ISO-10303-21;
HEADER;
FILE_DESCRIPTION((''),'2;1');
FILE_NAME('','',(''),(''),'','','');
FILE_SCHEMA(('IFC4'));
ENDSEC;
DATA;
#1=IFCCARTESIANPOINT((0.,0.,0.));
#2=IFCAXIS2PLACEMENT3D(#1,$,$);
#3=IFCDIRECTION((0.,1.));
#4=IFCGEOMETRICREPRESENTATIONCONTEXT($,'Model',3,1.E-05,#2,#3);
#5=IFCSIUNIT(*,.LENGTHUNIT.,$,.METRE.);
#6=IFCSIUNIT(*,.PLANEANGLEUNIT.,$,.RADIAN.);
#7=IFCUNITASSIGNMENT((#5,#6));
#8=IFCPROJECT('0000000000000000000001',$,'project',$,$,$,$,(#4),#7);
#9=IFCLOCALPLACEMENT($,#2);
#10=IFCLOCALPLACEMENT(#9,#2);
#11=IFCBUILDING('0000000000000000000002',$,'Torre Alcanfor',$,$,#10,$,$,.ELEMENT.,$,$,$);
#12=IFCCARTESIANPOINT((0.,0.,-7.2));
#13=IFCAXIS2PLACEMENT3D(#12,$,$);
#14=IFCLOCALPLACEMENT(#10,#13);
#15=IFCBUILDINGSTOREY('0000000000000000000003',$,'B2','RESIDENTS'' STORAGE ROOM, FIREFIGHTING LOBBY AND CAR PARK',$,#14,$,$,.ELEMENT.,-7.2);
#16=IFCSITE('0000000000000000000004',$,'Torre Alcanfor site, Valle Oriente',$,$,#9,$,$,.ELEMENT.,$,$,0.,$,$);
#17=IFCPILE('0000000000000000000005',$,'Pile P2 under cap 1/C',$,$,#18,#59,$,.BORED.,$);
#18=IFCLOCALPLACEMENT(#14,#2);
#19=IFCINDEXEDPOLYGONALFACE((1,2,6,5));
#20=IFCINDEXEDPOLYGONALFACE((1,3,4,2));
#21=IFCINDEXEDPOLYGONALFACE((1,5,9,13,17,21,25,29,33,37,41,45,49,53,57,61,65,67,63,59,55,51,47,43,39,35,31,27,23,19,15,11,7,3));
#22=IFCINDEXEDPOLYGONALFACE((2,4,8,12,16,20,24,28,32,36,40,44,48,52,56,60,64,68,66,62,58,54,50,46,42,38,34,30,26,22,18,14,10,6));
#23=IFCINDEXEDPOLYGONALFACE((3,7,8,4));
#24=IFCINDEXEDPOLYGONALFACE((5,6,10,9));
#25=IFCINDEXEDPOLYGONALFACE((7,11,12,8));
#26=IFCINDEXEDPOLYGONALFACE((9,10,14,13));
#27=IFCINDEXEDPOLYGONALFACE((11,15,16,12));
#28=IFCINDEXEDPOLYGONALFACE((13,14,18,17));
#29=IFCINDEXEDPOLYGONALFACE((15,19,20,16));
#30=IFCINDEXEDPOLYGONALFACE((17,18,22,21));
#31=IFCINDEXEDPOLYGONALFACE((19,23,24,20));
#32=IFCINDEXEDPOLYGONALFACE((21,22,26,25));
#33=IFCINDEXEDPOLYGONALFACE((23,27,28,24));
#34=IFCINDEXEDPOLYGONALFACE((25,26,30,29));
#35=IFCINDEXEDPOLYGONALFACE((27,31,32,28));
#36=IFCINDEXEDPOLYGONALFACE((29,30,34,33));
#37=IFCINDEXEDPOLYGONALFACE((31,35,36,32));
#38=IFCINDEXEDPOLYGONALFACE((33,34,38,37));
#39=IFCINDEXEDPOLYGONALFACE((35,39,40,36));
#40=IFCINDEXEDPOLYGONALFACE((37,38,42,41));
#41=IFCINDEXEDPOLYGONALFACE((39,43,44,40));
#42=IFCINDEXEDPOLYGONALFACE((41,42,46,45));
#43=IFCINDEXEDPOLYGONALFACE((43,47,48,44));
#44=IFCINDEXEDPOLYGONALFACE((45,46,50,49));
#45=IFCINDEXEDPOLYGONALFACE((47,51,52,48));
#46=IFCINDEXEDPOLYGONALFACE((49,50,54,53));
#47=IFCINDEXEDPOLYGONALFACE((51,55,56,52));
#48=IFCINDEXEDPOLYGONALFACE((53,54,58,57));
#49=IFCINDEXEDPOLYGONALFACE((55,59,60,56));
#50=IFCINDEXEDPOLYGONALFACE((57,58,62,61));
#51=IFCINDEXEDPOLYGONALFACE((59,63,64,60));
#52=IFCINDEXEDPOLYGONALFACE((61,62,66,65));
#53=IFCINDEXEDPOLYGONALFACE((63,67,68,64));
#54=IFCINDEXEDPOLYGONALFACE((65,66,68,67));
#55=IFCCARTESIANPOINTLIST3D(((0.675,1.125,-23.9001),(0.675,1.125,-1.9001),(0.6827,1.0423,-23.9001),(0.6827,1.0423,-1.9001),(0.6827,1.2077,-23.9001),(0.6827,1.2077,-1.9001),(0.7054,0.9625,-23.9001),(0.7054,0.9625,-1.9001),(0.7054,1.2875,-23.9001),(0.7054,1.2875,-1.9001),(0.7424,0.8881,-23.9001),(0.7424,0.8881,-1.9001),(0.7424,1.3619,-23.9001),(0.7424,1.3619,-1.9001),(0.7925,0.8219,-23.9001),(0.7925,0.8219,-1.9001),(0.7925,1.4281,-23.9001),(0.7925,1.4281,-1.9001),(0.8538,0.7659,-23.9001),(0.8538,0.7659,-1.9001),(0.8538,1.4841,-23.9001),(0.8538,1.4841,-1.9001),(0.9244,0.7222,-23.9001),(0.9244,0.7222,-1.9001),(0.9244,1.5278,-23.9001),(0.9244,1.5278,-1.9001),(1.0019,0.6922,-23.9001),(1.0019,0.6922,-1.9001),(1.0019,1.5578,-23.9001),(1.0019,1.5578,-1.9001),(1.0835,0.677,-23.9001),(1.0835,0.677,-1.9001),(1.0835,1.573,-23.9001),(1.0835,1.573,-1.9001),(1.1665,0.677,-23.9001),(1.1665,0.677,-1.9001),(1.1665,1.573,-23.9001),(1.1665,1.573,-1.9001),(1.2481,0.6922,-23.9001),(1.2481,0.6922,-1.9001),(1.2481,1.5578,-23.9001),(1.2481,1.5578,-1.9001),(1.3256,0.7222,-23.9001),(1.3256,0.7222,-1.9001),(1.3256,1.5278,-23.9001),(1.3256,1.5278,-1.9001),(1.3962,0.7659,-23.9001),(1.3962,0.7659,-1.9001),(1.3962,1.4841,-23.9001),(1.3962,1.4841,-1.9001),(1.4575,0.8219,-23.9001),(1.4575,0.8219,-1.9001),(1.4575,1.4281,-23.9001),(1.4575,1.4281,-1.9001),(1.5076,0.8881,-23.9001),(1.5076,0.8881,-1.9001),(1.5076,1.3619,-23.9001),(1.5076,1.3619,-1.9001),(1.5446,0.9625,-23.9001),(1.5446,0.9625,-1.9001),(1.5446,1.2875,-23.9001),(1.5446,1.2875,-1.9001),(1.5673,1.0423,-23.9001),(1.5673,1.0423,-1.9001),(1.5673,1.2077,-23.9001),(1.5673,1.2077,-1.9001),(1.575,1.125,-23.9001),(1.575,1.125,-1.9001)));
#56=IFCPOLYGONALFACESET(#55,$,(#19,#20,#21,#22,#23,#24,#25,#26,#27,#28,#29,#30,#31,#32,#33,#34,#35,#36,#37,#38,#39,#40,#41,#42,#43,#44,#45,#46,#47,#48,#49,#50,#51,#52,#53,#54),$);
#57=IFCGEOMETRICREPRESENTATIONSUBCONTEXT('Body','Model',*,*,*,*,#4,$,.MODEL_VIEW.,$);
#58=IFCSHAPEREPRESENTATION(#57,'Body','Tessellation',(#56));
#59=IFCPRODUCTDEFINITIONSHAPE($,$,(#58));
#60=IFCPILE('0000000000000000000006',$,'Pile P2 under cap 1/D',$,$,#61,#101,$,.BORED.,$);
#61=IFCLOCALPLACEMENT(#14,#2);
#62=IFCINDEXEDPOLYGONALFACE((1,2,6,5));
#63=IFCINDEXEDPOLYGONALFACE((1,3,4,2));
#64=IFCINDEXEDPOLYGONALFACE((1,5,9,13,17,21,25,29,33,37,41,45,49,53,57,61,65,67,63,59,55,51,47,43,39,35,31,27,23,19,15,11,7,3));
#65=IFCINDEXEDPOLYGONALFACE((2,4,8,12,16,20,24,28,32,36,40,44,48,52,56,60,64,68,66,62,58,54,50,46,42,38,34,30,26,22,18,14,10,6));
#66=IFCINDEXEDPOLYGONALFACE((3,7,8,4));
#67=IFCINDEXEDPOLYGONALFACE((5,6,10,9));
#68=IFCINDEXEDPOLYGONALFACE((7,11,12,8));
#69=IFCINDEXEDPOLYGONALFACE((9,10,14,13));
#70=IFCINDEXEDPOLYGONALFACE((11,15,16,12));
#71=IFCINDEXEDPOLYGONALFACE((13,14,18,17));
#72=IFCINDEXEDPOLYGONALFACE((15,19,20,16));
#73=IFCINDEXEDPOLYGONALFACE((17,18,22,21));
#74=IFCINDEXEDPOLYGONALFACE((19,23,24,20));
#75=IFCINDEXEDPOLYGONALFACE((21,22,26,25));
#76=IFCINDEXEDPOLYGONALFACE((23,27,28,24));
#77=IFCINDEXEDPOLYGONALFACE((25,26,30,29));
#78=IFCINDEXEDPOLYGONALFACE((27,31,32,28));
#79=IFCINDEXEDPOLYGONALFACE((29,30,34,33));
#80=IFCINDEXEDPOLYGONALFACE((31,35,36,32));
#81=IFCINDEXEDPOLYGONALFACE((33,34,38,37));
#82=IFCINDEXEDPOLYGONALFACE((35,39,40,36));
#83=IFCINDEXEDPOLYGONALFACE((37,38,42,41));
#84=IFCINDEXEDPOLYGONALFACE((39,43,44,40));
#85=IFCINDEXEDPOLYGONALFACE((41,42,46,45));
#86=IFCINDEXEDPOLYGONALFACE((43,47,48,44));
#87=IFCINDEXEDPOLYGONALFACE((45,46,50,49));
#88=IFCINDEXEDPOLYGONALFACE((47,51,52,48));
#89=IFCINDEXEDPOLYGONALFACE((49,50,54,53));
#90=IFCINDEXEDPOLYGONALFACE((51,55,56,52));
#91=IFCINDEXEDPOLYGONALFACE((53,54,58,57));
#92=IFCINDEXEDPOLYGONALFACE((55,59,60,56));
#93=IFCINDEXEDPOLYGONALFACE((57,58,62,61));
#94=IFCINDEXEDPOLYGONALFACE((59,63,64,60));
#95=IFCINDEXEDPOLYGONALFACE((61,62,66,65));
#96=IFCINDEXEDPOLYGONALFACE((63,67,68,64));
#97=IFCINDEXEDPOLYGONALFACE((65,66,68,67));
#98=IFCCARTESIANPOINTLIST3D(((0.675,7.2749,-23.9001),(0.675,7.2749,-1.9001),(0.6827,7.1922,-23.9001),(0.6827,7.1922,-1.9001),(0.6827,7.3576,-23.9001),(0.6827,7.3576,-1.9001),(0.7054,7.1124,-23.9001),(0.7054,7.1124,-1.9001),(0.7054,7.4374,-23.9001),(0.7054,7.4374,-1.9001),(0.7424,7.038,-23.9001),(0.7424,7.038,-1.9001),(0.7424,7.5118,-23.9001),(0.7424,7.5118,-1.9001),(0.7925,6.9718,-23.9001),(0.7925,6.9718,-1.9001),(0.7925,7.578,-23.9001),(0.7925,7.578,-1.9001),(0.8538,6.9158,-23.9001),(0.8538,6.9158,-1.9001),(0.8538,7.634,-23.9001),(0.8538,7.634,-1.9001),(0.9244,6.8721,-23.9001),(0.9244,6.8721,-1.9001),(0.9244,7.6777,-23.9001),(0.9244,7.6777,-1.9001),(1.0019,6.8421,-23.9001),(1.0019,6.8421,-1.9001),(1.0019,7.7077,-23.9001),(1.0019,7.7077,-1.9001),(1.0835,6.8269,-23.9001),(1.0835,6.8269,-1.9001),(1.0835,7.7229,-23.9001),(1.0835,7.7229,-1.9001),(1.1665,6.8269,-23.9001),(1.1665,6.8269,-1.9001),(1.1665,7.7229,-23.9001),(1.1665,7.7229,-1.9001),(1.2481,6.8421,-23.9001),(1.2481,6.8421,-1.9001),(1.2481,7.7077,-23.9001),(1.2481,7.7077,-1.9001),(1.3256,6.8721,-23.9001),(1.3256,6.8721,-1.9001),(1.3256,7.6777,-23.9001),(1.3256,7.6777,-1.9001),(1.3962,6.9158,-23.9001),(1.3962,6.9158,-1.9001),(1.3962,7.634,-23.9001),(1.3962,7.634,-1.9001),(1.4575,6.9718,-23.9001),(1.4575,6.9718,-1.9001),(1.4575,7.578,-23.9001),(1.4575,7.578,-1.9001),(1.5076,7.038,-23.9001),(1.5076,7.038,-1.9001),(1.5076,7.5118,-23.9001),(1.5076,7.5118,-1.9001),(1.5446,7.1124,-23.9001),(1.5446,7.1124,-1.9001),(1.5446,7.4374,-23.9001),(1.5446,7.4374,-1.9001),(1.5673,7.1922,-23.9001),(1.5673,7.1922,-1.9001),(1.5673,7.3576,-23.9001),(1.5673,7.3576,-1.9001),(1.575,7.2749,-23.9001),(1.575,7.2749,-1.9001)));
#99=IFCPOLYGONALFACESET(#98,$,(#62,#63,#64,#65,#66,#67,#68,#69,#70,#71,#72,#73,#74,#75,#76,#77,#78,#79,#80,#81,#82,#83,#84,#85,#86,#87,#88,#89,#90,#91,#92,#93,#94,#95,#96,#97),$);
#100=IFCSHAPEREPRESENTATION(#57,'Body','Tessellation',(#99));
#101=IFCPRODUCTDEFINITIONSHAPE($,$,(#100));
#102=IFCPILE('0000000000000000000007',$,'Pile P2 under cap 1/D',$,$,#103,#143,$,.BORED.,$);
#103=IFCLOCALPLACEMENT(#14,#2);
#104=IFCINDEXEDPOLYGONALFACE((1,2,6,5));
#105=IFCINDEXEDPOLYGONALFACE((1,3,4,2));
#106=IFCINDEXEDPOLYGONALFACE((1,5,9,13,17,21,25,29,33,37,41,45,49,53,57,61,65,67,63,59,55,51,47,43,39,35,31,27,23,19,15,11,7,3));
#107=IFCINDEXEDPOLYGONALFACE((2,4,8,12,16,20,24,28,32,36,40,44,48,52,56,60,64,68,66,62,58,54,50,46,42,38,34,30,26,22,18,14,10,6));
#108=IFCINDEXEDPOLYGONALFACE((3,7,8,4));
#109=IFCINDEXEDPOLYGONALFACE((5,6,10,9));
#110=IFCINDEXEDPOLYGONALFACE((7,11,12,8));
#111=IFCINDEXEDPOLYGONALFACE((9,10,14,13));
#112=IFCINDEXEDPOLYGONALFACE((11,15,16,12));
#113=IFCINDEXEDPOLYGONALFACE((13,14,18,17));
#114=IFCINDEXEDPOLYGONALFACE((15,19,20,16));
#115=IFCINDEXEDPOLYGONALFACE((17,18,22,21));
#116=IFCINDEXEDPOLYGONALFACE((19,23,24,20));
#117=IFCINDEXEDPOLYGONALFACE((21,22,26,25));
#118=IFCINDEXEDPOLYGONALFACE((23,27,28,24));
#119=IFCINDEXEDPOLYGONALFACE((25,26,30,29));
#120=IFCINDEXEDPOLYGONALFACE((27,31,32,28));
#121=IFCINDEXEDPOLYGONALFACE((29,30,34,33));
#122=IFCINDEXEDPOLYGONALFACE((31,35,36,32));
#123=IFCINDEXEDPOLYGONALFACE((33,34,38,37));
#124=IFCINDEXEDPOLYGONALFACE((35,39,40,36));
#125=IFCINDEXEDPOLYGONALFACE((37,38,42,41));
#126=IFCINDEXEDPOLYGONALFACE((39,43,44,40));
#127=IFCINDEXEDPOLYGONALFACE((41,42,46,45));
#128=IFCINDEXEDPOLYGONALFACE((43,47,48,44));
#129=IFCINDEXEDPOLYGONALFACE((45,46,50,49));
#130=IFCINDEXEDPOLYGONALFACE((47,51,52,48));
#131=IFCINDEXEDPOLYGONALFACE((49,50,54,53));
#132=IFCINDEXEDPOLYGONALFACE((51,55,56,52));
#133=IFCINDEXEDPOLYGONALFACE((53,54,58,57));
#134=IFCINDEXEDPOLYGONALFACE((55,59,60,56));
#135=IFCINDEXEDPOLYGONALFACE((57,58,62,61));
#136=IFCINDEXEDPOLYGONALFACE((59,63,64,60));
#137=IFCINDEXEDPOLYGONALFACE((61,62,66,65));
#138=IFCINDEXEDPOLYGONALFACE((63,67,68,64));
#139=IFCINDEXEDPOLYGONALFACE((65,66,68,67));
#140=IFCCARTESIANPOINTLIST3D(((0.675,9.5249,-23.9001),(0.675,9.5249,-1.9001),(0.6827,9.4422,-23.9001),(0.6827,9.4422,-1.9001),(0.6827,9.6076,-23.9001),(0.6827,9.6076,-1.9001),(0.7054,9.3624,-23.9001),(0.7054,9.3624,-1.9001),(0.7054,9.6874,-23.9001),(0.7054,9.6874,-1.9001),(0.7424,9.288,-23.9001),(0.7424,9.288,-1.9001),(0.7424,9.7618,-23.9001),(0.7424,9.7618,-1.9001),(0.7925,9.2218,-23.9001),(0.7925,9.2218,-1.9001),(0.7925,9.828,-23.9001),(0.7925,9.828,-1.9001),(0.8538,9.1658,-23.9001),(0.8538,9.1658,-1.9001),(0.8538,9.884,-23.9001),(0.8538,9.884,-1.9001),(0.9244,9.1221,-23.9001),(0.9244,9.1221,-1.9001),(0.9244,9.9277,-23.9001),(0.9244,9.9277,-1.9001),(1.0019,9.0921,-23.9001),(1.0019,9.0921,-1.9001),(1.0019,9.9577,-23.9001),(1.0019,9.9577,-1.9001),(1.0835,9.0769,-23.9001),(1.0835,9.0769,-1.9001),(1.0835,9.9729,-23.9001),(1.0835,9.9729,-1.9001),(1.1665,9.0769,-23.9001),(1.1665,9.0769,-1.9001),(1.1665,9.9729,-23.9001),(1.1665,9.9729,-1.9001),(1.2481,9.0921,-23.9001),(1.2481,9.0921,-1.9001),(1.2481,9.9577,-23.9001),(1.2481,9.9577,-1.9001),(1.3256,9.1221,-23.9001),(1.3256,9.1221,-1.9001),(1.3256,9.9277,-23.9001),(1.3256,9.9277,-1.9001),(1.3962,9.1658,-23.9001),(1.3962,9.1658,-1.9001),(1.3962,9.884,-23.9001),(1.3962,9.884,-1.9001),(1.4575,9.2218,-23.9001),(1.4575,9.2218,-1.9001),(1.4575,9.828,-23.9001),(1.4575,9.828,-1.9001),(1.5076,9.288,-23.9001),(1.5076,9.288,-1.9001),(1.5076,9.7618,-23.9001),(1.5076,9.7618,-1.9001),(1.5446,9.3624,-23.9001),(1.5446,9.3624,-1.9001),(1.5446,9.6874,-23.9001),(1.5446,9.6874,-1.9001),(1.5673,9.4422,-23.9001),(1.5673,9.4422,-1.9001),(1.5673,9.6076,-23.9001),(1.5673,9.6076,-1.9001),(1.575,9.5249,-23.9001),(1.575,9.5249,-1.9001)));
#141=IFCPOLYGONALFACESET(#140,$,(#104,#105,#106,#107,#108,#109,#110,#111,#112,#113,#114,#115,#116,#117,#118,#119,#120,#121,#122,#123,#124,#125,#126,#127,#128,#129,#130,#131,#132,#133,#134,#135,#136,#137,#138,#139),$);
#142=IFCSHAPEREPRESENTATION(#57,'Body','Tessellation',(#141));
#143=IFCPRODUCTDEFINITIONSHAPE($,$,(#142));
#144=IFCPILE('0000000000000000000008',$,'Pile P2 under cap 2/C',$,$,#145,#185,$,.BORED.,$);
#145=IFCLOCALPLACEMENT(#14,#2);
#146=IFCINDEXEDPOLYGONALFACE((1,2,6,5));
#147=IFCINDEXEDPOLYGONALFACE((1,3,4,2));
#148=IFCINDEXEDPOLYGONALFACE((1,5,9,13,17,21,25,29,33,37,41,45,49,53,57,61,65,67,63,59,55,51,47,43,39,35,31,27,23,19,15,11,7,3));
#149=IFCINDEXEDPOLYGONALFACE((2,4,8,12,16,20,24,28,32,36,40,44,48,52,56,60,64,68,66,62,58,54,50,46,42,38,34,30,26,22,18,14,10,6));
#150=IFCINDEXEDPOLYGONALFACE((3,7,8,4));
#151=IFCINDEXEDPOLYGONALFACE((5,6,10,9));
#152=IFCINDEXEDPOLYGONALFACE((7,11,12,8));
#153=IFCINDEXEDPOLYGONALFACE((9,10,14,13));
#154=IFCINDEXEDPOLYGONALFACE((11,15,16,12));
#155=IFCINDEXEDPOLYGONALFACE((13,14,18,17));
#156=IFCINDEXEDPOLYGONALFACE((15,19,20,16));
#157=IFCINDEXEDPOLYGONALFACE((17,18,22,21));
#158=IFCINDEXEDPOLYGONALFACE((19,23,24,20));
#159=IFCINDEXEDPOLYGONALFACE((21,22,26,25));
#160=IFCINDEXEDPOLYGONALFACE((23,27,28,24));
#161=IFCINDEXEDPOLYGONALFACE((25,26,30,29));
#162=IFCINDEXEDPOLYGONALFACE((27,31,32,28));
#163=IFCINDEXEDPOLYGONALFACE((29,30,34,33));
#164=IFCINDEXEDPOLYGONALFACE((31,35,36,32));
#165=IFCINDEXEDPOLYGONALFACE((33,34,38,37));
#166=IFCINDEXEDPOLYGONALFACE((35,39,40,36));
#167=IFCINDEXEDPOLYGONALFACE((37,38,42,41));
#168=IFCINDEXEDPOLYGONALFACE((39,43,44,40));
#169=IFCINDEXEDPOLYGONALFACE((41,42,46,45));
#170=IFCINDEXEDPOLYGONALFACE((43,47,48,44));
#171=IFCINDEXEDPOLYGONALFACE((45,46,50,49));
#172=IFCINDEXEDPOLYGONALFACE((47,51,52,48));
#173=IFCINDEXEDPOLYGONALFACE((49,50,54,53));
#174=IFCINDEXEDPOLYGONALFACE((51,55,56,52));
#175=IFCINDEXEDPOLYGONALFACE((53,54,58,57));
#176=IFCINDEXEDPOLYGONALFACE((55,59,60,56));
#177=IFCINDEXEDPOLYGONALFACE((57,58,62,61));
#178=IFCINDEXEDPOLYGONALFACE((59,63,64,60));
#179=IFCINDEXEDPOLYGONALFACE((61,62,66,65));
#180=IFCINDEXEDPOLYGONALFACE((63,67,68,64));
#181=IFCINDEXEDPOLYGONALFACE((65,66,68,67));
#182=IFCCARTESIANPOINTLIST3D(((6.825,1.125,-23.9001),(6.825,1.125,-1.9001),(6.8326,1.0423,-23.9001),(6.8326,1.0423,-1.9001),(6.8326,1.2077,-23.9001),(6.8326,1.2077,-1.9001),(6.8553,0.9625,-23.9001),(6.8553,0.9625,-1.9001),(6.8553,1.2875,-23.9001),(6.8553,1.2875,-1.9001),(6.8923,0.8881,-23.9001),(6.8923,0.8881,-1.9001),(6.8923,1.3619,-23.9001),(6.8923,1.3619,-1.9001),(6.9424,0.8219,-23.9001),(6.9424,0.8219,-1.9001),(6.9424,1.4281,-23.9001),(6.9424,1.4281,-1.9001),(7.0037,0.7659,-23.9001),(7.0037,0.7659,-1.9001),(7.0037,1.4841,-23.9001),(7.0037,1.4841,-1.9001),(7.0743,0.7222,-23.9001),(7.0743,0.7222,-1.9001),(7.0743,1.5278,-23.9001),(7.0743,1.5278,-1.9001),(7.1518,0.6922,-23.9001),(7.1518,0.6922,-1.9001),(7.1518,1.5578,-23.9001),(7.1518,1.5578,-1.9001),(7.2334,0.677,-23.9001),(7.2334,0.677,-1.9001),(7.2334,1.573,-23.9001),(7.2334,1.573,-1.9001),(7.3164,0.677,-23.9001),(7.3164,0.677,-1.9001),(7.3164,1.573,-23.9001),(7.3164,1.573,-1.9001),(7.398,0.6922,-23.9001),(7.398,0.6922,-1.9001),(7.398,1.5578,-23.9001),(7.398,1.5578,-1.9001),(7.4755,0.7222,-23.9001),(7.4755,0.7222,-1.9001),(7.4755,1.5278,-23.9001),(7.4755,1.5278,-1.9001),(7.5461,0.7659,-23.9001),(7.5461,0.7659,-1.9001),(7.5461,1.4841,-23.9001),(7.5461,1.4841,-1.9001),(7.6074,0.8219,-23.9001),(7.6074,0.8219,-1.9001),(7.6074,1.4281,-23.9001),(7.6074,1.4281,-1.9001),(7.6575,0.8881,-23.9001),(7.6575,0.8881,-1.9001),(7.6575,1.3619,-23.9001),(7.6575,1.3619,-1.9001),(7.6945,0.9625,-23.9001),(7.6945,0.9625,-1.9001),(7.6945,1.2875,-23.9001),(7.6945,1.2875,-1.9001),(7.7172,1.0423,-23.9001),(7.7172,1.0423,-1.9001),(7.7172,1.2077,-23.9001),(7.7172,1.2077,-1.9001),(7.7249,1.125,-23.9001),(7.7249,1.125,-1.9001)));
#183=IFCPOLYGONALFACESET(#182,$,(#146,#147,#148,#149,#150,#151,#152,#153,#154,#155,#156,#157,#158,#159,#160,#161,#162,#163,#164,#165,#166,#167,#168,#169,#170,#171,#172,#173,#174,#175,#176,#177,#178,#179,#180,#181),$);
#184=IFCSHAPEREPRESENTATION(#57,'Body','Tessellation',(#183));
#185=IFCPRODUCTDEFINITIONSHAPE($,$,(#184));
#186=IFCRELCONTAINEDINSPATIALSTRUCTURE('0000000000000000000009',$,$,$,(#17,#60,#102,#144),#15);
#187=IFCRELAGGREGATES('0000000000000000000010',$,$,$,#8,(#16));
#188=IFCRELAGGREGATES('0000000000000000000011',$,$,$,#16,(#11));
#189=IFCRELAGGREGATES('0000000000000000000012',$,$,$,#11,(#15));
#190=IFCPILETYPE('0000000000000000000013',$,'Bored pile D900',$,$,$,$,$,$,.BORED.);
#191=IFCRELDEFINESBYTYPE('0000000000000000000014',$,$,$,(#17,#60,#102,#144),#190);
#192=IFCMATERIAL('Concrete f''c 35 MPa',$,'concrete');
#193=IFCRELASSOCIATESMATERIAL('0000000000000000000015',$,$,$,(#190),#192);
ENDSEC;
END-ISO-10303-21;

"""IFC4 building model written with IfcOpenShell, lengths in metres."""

from ifc_helpers import new_model, si_unit, direction, frame, origin, origin_2d, place, context, subcontext, project, spatial, circle, extrude, material, material_profile, profile_set, type_object, element, save


model = new_model("IFC4")

# Units and contexts
model_context = context("Model", 3, precision=1e-05, world=origin(), true_north=direction((0.0, 1.0)))
body_context = subcontext(model_context, "Body", "Model", "MODEL_VIEW")
ifc_project = project(units=[si_unit("LENGTHUNIT", "METRE"), si_unit("PLANEANGLEUNIT", "RADIAN")], contexts=[model_context])

# Site, building, storey
site_placement = place(None, origin())
site = spatial("IfcSite", under=ifc_project, at=site_placement, Name="Torre Alcanfor site, Valle Oriente", CompositionType="ELEMENT", RefElevation=0.0)
building_placement = place(site_placement, origin())
building = spatial("IfcBuilding", under=site, at=building_placement, Name="Torre Alcanfor", CompositionType="ELEMENT")
storey_placement = place(building_placement, frame((0.0, 0.0, -7.2)))
storey = spatial("IfcBuildingStorey", under=building, at=storey_placement, Name="B2", Description="RESIDENTS' STORAGE ROOM, FIREFIGHTING LOBBY AND CAR PARK", CompositionType="ELEMENT", Elevation=-7.2)

# Piles
ifc_material_1 = material(Name="Concrete f'c 35 MPa", Category="concrete")
ifc_material_profile_1 = material_profile(ifc_material_1, circle(Radius=0.45, at=origin_2d()), Name="D900")
ifc_profile_set_1 = profile_set([ifc_material_profile_1], Name="Concrete f'c 35 MPa")
pile_type = type_object("IfcPileType", Name="Bored pile D900", PredefinedType="BORED", material=ifc_profile_set_1)
for number, where, z_axis, x_axis, name in (
    (1, (1.125, 1.125, -1.9001), (0.0, 0.0, -1.0), (1.0, 0.0, 0.0), "Pile P2 under cap 1/C"),
    (2, (1.125, 7.2749, -1.9001), (0.0, 0.0, -1.0), (1.0, 0.0, 0.0), "Pile P2 under cap 1/D"),
    (3, (1.125, 9.5249, -1.9001), (0.0, 0.0, -1.0), (1.0, 0.0, 0.0), "Pile P2 under cap 1/D"),
    (4, (7.2749, 1.125, -1.9001), (0.0, 0.0, -1.0), (1.0, 0.0, 0.0), "Pile P2 under cap 2/C"),
):
    element("IfcPile", number, at=place(storey_placement, frame(where, z_axis=z_axis, x_axis=x_axis)), inside=storey, type_object=pile_type, Name=name, PredefinedType="BORED", context=body_context, shape_type="SweptSolid", body=[
        extrude(circle(Radius=0.45, at=origin_2d()), origin(), (0.0, 0.0, 1.0), 22.0),
    ])

save(model, "model.ifc")
